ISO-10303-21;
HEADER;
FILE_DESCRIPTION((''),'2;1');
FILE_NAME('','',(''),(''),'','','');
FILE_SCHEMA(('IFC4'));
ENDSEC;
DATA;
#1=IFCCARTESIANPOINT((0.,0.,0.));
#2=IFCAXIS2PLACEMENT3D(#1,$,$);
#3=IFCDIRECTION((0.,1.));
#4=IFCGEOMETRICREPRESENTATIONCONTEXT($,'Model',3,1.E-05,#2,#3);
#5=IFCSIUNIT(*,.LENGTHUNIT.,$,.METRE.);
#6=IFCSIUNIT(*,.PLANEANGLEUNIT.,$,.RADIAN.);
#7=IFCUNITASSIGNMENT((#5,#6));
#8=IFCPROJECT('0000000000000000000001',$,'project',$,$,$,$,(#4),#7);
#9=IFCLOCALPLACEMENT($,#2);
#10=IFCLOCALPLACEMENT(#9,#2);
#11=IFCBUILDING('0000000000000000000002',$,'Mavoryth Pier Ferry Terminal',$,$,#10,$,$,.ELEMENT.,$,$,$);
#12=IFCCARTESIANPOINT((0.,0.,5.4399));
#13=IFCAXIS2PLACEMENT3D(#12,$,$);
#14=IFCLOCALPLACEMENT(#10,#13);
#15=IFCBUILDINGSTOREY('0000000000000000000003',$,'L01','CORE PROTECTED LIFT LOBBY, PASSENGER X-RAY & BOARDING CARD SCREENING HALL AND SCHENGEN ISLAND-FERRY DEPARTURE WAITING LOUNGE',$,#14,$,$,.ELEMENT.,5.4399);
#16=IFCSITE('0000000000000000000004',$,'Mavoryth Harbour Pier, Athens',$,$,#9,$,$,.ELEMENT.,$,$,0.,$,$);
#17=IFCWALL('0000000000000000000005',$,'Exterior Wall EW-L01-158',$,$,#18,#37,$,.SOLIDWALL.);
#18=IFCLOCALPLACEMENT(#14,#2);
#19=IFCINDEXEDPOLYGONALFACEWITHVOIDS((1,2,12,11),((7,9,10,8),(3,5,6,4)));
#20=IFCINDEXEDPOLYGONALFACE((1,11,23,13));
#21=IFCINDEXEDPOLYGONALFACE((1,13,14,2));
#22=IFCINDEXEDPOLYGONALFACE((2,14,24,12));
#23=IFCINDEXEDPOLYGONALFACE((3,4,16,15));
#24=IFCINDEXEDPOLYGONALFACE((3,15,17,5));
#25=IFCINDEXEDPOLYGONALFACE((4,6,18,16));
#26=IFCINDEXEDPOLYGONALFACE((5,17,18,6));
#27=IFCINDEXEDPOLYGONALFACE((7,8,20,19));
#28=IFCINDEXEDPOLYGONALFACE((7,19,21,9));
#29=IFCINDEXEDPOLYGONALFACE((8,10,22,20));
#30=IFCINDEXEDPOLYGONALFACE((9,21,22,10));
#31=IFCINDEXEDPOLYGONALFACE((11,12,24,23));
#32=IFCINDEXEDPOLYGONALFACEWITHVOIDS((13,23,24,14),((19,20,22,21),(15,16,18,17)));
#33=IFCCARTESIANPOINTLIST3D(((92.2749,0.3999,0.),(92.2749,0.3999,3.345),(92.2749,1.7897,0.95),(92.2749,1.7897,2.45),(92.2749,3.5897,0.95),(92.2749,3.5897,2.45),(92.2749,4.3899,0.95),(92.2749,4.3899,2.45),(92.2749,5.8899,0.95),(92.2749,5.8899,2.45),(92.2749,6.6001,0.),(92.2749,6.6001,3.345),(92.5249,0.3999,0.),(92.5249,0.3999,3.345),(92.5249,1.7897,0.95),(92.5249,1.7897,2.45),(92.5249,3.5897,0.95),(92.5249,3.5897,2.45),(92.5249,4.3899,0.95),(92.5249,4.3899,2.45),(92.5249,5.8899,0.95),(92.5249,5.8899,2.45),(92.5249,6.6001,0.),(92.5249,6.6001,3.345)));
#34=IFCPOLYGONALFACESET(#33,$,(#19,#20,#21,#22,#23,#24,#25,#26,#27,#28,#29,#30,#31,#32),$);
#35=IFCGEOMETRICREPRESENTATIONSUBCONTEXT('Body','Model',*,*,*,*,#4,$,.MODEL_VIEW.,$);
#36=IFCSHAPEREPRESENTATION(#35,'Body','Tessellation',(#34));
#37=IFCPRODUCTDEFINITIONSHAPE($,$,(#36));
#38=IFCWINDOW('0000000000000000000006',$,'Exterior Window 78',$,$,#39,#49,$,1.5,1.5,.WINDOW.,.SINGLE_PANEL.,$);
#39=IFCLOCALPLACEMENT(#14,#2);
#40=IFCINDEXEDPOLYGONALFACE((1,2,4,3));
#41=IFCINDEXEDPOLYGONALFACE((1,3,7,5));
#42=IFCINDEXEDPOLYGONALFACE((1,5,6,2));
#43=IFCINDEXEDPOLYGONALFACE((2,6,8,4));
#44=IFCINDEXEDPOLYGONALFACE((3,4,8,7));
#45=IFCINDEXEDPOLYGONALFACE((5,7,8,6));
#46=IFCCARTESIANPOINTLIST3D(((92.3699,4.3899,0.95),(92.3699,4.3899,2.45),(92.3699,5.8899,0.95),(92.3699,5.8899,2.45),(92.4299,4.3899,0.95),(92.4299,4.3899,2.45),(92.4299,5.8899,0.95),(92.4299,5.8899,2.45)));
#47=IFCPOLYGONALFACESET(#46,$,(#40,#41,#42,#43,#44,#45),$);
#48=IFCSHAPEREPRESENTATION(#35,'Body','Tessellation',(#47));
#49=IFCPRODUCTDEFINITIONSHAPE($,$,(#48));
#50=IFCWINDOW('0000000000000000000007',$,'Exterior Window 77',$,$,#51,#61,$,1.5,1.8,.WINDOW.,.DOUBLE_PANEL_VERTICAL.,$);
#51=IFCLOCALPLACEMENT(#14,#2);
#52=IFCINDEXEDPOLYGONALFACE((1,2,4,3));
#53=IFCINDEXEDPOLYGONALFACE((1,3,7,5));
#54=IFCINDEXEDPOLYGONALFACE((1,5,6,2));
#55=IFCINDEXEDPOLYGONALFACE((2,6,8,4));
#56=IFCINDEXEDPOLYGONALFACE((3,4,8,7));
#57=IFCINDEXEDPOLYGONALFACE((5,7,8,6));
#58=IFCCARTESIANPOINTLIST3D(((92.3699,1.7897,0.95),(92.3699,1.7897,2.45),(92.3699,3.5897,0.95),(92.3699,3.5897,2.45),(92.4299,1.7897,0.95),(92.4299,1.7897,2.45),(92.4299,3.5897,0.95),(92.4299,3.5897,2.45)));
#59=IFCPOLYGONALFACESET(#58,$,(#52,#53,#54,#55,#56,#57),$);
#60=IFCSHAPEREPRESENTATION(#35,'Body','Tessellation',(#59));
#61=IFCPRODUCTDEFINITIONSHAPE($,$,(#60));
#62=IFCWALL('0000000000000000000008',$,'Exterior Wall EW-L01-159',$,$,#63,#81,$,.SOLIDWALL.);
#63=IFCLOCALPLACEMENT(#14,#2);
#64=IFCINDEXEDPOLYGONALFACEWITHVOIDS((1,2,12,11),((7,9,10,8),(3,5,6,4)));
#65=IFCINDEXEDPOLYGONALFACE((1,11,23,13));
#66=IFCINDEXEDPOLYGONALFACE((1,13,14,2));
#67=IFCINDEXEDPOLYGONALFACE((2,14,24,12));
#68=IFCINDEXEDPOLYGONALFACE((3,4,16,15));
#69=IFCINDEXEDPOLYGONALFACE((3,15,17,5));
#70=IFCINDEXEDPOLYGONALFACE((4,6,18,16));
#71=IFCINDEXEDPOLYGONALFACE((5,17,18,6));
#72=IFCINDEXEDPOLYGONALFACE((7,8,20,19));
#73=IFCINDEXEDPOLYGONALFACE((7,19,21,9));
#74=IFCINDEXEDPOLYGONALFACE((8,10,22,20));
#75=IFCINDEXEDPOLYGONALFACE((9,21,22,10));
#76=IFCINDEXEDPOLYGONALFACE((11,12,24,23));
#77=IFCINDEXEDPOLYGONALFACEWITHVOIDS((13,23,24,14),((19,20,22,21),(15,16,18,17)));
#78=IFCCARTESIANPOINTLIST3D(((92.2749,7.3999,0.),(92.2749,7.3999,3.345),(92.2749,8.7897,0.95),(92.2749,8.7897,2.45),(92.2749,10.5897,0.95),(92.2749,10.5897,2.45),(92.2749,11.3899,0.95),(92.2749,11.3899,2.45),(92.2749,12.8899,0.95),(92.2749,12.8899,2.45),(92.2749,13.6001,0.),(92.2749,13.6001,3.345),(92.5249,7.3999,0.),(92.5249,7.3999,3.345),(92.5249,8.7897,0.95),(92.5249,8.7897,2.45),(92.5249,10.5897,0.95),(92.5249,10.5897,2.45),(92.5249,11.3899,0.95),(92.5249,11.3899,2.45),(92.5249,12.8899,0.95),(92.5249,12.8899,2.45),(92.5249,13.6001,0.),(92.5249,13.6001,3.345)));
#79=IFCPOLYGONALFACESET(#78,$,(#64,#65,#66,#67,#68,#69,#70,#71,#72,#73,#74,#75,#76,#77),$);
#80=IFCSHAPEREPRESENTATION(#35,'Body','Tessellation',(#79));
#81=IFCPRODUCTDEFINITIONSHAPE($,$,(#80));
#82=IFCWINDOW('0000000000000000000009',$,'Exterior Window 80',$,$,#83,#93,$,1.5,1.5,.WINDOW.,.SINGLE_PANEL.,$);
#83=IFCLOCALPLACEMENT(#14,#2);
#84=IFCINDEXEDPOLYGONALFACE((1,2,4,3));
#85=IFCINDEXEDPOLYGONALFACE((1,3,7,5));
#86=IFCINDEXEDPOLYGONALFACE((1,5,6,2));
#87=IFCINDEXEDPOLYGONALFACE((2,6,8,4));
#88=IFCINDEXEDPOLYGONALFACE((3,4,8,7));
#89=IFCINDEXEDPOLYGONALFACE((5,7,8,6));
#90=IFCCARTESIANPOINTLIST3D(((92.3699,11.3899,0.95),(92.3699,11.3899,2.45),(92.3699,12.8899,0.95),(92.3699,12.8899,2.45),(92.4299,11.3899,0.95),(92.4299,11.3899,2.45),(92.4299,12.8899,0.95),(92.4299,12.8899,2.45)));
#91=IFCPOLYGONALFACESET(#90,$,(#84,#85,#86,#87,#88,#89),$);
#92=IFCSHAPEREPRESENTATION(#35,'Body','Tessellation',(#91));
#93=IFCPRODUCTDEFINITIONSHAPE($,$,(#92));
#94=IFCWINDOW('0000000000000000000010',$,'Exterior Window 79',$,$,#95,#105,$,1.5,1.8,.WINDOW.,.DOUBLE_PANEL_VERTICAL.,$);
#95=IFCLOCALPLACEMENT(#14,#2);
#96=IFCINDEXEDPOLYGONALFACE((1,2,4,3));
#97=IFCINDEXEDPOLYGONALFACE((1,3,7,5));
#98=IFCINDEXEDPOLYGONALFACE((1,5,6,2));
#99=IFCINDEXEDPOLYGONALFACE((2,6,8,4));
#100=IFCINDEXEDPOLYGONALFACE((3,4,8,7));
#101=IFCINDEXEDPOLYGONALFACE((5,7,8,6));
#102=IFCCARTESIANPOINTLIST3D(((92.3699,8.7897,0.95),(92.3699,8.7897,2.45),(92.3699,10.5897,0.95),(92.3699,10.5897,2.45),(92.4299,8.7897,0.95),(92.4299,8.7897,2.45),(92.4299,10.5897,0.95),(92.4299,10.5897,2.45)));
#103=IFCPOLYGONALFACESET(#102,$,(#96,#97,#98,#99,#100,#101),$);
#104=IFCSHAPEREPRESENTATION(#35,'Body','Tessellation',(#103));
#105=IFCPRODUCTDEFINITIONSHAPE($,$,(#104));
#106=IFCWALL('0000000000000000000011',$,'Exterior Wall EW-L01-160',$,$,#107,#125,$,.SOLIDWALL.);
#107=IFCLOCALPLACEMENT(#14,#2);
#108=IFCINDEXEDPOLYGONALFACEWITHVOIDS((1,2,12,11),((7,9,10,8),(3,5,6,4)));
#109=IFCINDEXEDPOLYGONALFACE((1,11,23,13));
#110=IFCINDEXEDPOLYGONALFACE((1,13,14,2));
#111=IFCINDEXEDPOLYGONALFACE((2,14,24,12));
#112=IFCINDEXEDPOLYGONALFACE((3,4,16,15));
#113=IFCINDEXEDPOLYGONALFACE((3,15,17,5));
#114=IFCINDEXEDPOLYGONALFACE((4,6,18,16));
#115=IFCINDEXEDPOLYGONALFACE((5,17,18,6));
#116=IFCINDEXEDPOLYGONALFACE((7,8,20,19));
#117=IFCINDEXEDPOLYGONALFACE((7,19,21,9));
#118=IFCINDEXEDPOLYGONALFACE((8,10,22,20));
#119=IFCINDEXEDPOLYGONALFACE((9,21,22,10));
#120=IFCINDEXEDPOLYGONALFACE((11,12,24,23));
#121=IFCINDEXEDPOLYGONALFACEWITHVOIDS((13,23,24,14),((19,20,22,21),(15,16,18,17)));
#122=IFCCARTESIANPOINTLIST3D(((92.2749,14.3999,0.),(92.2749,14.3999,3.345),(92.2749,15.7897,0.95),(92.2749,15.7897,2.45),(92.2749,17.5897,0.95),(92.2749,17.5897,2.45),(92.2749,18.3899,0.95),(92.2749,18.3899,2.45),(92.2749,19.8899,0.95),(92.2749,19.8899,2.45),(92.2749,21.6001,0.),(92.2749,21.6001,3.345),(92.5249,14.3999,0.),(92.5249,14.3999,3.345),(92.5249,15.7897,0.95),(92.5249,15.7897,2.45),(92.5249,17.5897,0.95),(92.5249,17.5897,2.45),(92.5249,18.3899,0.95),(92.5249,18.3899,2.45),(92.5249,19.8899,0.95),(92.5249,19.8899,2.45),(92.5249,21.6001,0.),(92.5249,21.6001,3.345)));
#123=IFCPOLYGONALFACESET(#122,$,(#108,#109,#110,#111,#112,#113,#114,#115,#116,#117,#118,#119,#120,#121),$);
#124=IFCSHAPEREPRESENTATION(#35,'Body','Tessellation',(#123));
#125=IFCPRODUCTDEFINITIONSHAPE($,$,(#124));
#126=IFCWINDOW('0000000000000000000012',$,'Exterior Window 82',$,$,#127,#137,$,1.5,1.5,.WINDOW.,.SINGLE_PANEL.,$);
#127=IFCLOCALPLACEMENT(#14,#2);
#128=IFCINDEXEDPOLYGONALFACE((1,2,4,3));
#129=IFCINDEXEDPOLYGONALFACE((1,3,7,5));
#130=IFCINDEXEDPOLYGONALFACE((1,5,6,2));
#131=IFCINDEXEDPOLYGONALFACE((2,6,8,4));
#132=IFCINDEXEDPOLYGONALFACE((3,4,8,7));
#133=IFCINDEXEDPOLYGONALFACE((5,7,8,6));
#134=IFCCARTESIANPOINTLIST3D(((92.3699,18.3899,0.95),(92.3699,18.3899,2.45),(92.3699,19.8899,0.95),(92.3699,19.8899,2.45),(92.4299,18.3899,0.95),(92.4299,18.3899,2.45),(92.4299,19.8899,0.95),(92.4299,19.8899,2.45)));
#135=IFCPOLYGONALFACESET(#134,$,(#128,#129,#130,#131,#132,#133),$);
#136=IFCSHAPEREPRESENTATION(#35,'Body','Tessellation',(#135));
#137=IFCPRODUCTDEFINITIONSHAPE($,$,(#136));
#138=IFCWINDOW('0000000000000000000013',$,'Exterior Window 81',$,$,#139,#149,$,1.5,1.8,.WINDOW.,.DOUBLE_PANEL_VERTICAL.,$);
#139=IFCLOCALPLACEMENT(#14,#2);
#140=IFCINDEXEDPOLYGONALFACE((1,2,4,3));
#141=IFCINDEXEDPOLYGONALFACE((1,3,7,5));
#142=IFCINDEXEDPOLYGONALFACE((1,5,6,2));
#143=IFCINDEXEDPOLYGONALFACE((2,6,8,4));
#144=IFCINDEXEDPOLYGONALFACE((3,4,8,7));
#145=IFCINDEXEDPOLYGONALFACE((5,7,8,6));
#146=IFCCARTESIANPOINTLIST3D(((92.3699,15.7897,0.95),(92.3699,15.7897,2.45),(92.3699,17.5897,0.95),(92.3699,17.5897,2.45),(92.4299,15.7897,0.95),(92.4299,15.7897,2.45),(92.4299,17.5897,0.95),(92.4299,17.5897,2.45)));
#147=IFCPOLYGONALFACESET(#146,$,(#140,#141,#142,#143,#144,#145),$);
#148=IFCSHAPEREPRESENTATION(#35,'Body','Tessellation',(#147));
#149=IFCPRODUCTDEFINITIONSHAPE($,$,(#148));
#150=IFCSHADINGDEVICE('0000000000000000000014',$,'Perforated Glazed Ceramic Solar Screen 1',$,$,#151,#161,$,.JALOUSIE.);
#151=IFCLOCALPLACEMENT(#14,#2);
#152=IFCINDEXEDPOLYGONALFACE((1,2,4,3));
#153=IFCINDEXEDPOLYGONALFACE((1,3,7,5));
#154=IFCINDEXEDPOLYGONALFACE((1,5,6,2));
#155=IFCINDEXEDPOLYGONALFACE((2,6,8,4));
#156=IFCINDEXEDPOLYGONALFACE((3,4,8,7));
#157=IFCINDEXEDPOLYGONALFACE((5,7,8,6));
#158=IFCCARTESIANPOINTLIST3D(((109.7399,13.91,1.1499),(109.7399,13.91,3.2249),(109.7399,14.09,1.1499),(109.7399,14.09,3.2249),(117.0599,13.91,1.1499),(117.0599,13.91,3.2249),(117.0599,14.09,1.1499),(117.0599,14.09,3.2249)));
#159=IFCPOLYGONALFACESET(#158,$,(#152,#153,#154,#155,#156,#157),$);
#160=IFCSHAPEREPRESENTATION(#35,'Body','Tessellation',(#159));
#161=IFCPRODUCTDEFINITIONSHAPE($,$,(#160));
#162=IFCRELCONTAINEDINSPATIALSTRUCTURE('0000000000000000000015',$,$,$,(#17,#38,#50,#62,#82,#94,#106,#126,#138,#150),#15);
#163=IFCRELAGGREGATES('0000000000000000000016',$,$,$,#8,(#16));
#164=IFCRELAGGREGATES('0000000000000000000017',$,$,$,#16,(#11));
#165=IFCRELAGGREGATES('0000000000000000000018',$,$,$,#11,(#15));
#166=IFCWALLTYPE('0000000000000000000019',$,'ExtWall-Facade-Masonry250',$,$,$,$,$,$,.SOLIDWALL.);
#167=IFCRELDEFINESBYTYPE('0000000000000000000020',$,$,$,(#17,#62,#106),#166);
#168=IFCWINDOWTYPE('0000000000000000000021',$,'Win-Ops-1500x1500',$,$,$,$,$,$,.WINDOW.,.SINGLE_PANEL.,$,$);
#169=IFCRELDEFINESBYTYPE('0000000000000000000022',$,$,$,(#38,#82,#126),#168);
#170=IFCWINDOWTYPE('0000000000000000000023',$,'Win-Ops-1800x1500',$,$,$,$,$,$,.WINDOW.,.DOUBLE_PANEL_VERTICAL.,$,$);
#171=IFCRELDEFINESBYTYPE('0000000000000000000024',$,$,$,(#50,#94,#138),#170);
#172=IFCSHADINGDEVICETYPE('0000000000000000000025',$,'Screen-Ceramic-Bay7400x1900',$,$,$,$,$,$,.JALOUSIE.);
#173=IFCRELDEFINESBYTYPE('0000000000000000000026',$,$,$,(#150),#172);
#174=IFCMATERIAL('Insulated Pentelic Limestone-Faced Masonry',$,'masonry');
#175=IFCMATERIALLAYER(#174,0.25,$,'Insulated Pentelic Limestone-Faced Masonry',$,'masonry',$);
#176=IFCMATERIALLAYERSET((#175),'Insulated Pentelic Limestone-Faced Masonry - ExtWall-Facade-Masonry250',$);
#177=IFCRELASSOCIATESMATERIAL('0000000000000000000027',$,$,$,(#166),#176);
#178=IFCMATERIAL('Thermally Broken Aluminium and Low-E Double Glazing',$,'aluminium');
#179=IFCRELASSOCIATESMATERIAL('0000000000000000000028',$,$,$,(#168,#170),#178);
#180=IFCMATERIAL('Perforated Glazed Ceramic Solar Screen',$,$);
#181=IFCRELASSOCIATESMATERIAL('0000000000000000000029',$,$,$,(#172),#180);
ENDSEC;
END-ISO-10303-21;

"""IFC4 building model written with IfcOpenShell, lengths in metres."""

from ifc_helpers import new_model, si_unit, direction, frame, frame_2d, origin, origin_2d, place, context, subcontext, project, spatial, rectangle, extrude, material, layer, layer_set, type_object, element, fill, save


model = new_model("IFC4")

# Units and contexts
model_context = context("Model", 3, precision=1e-05, world=origin(), true_north=direction((0.0, 1.0)))
body_context = subcontext(model_context, "Body", "Model", "MODEL_VIEW")
ifc_project = project(units=[si_unit("LENGTHUNIT", "METRE"), si_unit("PLANEANGLEUNIT", "RADIAN")], contexts=[model_context])

# Site, building, storey
site_placement = place(None, origin())
site = spatial("IfcSite", under=ifc_project, at=site_placement, Name="Mavoryth Harbour Pier, Athens", CompositionType="ELEMENT", RefElevation=0.0)
building_placement = place(site_placement, origin())
building = spatial("IfcBuilding", under=site, at=building_placement, Name="Mavoryth Pier Ferry Terminal", CompositionType="ELEMENT")
storey_placement = place(building_placement, frame((0.0, 0.0, 5.4399)))
storey = spatial("IfcBuildingStorey", under=building, at=storey_placement, Name="L01", Description="CORE PROTECTED LIFT LOBBY, PASSENGER X-RAY & BOARDING CARD SCREENING HALL AND SCHENGEN ISLAND-FERRY DEPARTURE WAITING LOUNGE", CompositionType="ELEMENT", Elevation=5.4399)

# Walls, openings, windows
ifc_material_1 = material(Name="Insulated Pentelic Limestone-Faced Masonry", Category="masonry")
ifc_layer_1 = layer(ifc_material_1, 0.25, Name="Insulated Pentelic Limestone-Faced Masonry", Category="masonry")
ifc_layer_set_1 = layer_set([ifc_layer_1], Name="Insulated Pentelic Limestone-Faced Masonry - ExtWall-Facade-Masonry250")
wall_type_1 = type_object("IfcWallType", Name="ExtWall-Facade-Masonry250", PredefinedType="SOLIDWALL", material=ifc_layer_set_1)
wall_1_placement = place(storey_placement, frame((92.3999, 0.3999, 0.0), z_axis=(0.0, 0.0, 1.0), x_axis=(0.0, 1.0, 0.0)))
wall_1 = element("IfcWall", 1, at=wall_1_placement, inside=storey, type_object=wall_type_1, Name="Exterior Wall EW-L01-158", PredefinedType="SOLIDWALL", context=body_context, shape_type="SweptSolid", body=[
    extrude(rectangle(XDim=6.2002, YDim=0.25, at=frame_2d((3.1001, 0.0))), origin(), (0.0, 0.0, 1.0), 3.345),
])
opening_1_placement = place(wall_1_placement, frame((1.3899, 0.0, 0.95)))
opening_1 = element("IfcOpeningElement", 2, at=opening_1_placement, cuts=wall_1, PredefinedType="OPENING", context=body_context, shape_type="SweptSolid", body=[
    extrude(rectangle(XDim=1.8, YDim=1.5, at=frame_2d((0.8999, 0.75))), frame((0.0, 0.135, 0.0), z_axis=(0.0, -1.0, 0.0), x_axis=(1.0, 0.0, 0.0)), (0.0, 0.0, 1.0), 0.27),
])
opening_2_placement = place(wall_1_placement, frame((3.99, 0.0, 0.95)))
opening_2 = element("IfcOpeningElement", 3, at=opening_2_placement, cuts=wall_1, PredefinedType="OPENING", context=body_context, shape_type="SweptSolid", body=[
    extrude(rectangle(XDim=1.5, YDim=1.5, at=frame_2d((0.75, 0.75))), frame((0.0, 0.135, 0.0), z_axis=(0.0, -1.0, 0.0), x_axis=(1.0, 0.0, 0.0)), (0.0, 0.0, 1.0), 0.27),
])
ifc_material_2 = material(Name="Thermally Broken Aluminium and Low-E Double Glazing", Category="aluminium")
window_type_1 = type_object("IfcWindowType", Name="Win-Ops-1500x1500", PartitioningType="SINGLE_PANEL", PredefinedType="WINDOW", material=ifc_material_2)
window_1_placement = place(opening_2_placement, origin())
window_1 = element("IfcWindow", 4, at=window_1_placement, inside=storey, type_object=window_type_1, Name="Exterior Window 78", OverallHeight=1.5, OverallWidth=1.5, PartitioningType="SINGLE_PANEL", PredefinedType="WINDOW", context=body_context, shape_type="SweptSolid", body=[
    extrude(rectangle(XDim=1.5, YDim=1.5, at=frame_2d((0.75, 0.75))), frame((0.0, 0.03, 0.0), z_axis=(0.0, -1.0, 0.0), x_axis=(1.0, 0.0, 0.0)), (0.0, 0.0, 1.0), 0.0601),
])
fill(opening_2, window_1)
window_type_2 = type_object("IfcWindowType", Name="Win-Ops-1800x1500", PartitioningType="DOUBLE_PANEL_VERTICAL", PredefinedType="WINDOW", material=ifc_material_2)
window_2_placement = place(opening_1_placement, origin())
window_2 = element("IfcWindow", 5, at=window_2_placement, inside=storey, type_object=window_type_2, Name="Exterior Window 77", OverallHeight=1.5, OverallWidth=1.8, PartitioningType="DOUBLE_PANEL_VERTICAL", PredefinedType="WINDOW", context=body_context, shape_type="SweptSolid", body=[
    extrude(rectangle(XDim=1.8, YDim=1.5, at=frame_2d((0.8999, 0.75))), frame((0.0, 0.03, 0.0), z_axis=(0.0, -1.0, 0.0), x_axis=(1.0, 0.0, 0.0)), (0.0, 0.0, 1.0), 0.0601),
])
fill(opening_1, window_2)
wall_2_placement = place(storey_placement, frame((92.3999, 7.3999, 0.0), z_axis=(0.0, 0.0, 1.0), x_axis=(0.0, 1.0, 0.0)))
wall_2 = element("IfcWall", 6, at=wall_2_placement, inside=storey, type_object=wall_type_1, Name="Exterior Wall EW-L01-159", PredefinedType="SOLIDWALL", context=body_context, shape_type="SweptSolid", body=[
    extrude(rectangle(XDim=6.2002, YDim=0.25, at=frame_2d((3.1001, 0.0))), origin(), (0.0, 0.0, 1.0), 3.345),
])
opening_3_placement = place(wall_2_placement, frame((1.3899, 0.0, 0.95)))
opening_3 = element("IfcOpeningElement", 7, at=opening_3_placement, cuts=wall_2, PredefinedType="OPENING", context=body_context, shape_type="SweptSolid", body=[
    extrude(rectangle(XDim=1.8, YDim=1.5, at=frame_2d((0.8999, 0.75))), frame((0.0, 0.135, 0.0), z_axis=(0.0, -1.0, 0.0), x_axis=(1.0, 0.0, 0.0)), (0.0, 0.0, 1.0), 0.27),
])
opening_4_placement = place(wall_2_placement, frame((3.99, 0.0, 0.95)))
opening_4 = element("IfcOpeningElement", 8, at=opening_4_placement, cuts=wall_2, PredefinedType="OPENING", context=body_context, shape_type="SweptSolid", body=[
    extrude(rectangle(XDim=1.5, YDim=1.5, at=frame_2d((0.75, 0.75))), frame((0.0, 0.135, 0.0), z_axis=(0.0, -1.0, 0.0), x_axis=(1.0, 0.0, 0.0)), (0.0, 0.0, 1.0), 0.27),
])
window_3_placement = place(opening_4_placement, origin())
window_3 = element("IfcWindow", 9, at=window_3_placement, inside=storey, type_object=window_type_1, Name="Exterior Window 80", OverallHeight=1.5, OverallWidth=1.5, PartitioningType="SINGLE_PANEL", PredefinedType="WINDOW", context=body_context, shape_type="SweptSolid", body=[
    extrude(rectangle(XDim=1.5, YDim=1.5, at=frame_2d((0.75, 0.75))), frame((0.0, 0.03, 0.0), z_axis=(0.0, -1.0, 0.0), x_axis=(1.0, 0.0, 0.0)), (0.0, 0.0, 1.0), 0.0601),
])
fill(opening_4, window_3)
window_4_placement = place(opening_3_placement, origin())
window_4 = element("IfcWindow", 10, at=window_4_placement, inside=storey, type_object=window_type_2, Name="Exterior Window 79", OverallHeight=1.5, OverallWidth=1.8, PartitioningType="DOUBLE_PANEL_VERTICAL", PredefinedType="WINDOW", context=body_context, shape_type="SweptSolid", body=[
    extrude(rectangle(XDim=1.8, YDim=1.5, at=frame_2d((0.8999, 0.75))), frame((0.0, 0.03, 0.0), z_axis=(0.0, -1.0, 0.0), x_axis=(1.0, 0.0, 0.0)), (0.0, 0.0, 1.0), 0.0601),
])
fill(opening_3, window_4)
wall_3_placement = place(storey_placement, frame((92.3999, 14.3999, 0.0), z_axis=(0.0, 0.0, 1.0), x_axis=(0.0, 1.0, 0.0)))
wall_3 = element("IfcWall", 11, at=wall_3_placement, inside=storey, type_object=wall_type_1, Name="Exterior Wall EW-L01-160", PredefinedType="SOLIDWALL", context=body_context, shape_type="SweptSolid", body=[
    extrude(rectangle(XDim=7.2002, YDim=0.25, at=frame_2d((3.6001, 0.0))), origin(), (0.0, 0.0, 1.0), 3.345),
])
opening_5_placement = place(wall_3_placement, frame((1.3899, 0.0, 0.95)))
opening_5 = element("IfcOpeningElement", 12, at=opening_5_placement, cuts=wall_3, PredefinedType="OPENING", context=body_context, shape_type="SweptSolid", body=[
    extrude(rectangle(XDim=1.8, YDim=1.5, at=frame_2d((0.8999, 0.75))), frame((0.0, 0.135, 0.0), z_axis=(0.0, -1.0, 0.0), x_axis=(1.0, 0.0, 0.0)), (0.0, 0.0, 1.0), 0.27),
])
opening_6_placement = place(wall_3_placement, frame((3.99, 0.0, 0.95)))
opening_6 = element("IfcOpeningElement", 13, at=opening_6_placement, cuts=wall_3, PredefinedType="OPENING", context=body_context, shape_type="SweptSolid", body=[
    extrude(rectangle(XDim=1.5, YDim=1.5, at=frame_2d((0.75, 0.75))), frame((0.0, 0.135, 0.0), z_axis=(0.0, -1.0, 0.0), x_axis=(1.0, 0.0, 0.0)), (0.0, 0.0, 1.0), 0.27),
])
window_5_placement = place(opening_6_placement, origin())
window_5 = element("IfcWindow", 14, at=window_5_placement, inside=storey, type_object=window_type_1, Name="Exterior Window 82", OverallHeight=1.5, OverallWidth=1.5, PartitioningType="SINGLE_PANEL", PredefinedType="WINDOW", context=body_context, shape_type="SweptSolid", body=[
    extrude(rectangle(XDim=1.5, YDim=1.5, at=frame_2d((0.75, 0.75))), frame((0.0, 0.03, 0.0), z_axis=(0.0, -1.0, 0.0), x_axis=(1.0, 0.0, 0.0)), (0.0, 0.0, 1.0), 0.0601),
])
fill(opening_6, window_5)
window_6_placement = place(opening_5_placement, origin())
window_6 = element("IfcWindow", 15, at=window_6_placement, inside=storey, type_object=window_type_2, Name="Exterior Window 81", OverallHeight=1.5, OverallWidth=1.8, PartitioningType="DOUBLE_PANEL_VERTICAL", PredefinedType="WINDOW", context=body_context, shape_type="SweptSolid", body=[
    extrude(rectangle(XDim=1.8, YDim=1.5, at=frame_2d((0.8999, 0.75))), frame((0.0, 0.03, 0.0), z_axis=(0.0, -1.0, 0.0), x_axis=(1.0, 0.0, 0.0)), (0.0, 0.0, 1.0), 0.0601),
])
fill(opening_5, window_6)

# Shading device
ifc_material_3 = material(Name="Perforated Glazed Ceramic Solar Screen")
shading_device_type = type_object("IfcShadingDeviceType", Name="Screen-Ceramic-Bay7400x1900", PredefinedType="JALOUSIE", material=ifc_material_3)
shading_device_placement = place(storey_placement, frame((113.3999, 14.0, 1.1499), z_axis=(0.0, 0.0, 1.0), x_axis=(1.0, 0.0, 0.0)))
element("IfcShadingDevice", 16, at=shading_device_placement, inside=storey, type_object=shading_device_type, Name="Perforated Glazed Ceramic Solar Screen 1", PredefinedType="JALOUSIE", context=body_context, shape_type="SweptSolid", body=[
    extrude(rectangle(XDim=7.3201, YDim=0.1799, at=origin_2d()), origin(), (0.0, 0.0, 1.0), 2.075),
])

save(model, "model.ifc")
